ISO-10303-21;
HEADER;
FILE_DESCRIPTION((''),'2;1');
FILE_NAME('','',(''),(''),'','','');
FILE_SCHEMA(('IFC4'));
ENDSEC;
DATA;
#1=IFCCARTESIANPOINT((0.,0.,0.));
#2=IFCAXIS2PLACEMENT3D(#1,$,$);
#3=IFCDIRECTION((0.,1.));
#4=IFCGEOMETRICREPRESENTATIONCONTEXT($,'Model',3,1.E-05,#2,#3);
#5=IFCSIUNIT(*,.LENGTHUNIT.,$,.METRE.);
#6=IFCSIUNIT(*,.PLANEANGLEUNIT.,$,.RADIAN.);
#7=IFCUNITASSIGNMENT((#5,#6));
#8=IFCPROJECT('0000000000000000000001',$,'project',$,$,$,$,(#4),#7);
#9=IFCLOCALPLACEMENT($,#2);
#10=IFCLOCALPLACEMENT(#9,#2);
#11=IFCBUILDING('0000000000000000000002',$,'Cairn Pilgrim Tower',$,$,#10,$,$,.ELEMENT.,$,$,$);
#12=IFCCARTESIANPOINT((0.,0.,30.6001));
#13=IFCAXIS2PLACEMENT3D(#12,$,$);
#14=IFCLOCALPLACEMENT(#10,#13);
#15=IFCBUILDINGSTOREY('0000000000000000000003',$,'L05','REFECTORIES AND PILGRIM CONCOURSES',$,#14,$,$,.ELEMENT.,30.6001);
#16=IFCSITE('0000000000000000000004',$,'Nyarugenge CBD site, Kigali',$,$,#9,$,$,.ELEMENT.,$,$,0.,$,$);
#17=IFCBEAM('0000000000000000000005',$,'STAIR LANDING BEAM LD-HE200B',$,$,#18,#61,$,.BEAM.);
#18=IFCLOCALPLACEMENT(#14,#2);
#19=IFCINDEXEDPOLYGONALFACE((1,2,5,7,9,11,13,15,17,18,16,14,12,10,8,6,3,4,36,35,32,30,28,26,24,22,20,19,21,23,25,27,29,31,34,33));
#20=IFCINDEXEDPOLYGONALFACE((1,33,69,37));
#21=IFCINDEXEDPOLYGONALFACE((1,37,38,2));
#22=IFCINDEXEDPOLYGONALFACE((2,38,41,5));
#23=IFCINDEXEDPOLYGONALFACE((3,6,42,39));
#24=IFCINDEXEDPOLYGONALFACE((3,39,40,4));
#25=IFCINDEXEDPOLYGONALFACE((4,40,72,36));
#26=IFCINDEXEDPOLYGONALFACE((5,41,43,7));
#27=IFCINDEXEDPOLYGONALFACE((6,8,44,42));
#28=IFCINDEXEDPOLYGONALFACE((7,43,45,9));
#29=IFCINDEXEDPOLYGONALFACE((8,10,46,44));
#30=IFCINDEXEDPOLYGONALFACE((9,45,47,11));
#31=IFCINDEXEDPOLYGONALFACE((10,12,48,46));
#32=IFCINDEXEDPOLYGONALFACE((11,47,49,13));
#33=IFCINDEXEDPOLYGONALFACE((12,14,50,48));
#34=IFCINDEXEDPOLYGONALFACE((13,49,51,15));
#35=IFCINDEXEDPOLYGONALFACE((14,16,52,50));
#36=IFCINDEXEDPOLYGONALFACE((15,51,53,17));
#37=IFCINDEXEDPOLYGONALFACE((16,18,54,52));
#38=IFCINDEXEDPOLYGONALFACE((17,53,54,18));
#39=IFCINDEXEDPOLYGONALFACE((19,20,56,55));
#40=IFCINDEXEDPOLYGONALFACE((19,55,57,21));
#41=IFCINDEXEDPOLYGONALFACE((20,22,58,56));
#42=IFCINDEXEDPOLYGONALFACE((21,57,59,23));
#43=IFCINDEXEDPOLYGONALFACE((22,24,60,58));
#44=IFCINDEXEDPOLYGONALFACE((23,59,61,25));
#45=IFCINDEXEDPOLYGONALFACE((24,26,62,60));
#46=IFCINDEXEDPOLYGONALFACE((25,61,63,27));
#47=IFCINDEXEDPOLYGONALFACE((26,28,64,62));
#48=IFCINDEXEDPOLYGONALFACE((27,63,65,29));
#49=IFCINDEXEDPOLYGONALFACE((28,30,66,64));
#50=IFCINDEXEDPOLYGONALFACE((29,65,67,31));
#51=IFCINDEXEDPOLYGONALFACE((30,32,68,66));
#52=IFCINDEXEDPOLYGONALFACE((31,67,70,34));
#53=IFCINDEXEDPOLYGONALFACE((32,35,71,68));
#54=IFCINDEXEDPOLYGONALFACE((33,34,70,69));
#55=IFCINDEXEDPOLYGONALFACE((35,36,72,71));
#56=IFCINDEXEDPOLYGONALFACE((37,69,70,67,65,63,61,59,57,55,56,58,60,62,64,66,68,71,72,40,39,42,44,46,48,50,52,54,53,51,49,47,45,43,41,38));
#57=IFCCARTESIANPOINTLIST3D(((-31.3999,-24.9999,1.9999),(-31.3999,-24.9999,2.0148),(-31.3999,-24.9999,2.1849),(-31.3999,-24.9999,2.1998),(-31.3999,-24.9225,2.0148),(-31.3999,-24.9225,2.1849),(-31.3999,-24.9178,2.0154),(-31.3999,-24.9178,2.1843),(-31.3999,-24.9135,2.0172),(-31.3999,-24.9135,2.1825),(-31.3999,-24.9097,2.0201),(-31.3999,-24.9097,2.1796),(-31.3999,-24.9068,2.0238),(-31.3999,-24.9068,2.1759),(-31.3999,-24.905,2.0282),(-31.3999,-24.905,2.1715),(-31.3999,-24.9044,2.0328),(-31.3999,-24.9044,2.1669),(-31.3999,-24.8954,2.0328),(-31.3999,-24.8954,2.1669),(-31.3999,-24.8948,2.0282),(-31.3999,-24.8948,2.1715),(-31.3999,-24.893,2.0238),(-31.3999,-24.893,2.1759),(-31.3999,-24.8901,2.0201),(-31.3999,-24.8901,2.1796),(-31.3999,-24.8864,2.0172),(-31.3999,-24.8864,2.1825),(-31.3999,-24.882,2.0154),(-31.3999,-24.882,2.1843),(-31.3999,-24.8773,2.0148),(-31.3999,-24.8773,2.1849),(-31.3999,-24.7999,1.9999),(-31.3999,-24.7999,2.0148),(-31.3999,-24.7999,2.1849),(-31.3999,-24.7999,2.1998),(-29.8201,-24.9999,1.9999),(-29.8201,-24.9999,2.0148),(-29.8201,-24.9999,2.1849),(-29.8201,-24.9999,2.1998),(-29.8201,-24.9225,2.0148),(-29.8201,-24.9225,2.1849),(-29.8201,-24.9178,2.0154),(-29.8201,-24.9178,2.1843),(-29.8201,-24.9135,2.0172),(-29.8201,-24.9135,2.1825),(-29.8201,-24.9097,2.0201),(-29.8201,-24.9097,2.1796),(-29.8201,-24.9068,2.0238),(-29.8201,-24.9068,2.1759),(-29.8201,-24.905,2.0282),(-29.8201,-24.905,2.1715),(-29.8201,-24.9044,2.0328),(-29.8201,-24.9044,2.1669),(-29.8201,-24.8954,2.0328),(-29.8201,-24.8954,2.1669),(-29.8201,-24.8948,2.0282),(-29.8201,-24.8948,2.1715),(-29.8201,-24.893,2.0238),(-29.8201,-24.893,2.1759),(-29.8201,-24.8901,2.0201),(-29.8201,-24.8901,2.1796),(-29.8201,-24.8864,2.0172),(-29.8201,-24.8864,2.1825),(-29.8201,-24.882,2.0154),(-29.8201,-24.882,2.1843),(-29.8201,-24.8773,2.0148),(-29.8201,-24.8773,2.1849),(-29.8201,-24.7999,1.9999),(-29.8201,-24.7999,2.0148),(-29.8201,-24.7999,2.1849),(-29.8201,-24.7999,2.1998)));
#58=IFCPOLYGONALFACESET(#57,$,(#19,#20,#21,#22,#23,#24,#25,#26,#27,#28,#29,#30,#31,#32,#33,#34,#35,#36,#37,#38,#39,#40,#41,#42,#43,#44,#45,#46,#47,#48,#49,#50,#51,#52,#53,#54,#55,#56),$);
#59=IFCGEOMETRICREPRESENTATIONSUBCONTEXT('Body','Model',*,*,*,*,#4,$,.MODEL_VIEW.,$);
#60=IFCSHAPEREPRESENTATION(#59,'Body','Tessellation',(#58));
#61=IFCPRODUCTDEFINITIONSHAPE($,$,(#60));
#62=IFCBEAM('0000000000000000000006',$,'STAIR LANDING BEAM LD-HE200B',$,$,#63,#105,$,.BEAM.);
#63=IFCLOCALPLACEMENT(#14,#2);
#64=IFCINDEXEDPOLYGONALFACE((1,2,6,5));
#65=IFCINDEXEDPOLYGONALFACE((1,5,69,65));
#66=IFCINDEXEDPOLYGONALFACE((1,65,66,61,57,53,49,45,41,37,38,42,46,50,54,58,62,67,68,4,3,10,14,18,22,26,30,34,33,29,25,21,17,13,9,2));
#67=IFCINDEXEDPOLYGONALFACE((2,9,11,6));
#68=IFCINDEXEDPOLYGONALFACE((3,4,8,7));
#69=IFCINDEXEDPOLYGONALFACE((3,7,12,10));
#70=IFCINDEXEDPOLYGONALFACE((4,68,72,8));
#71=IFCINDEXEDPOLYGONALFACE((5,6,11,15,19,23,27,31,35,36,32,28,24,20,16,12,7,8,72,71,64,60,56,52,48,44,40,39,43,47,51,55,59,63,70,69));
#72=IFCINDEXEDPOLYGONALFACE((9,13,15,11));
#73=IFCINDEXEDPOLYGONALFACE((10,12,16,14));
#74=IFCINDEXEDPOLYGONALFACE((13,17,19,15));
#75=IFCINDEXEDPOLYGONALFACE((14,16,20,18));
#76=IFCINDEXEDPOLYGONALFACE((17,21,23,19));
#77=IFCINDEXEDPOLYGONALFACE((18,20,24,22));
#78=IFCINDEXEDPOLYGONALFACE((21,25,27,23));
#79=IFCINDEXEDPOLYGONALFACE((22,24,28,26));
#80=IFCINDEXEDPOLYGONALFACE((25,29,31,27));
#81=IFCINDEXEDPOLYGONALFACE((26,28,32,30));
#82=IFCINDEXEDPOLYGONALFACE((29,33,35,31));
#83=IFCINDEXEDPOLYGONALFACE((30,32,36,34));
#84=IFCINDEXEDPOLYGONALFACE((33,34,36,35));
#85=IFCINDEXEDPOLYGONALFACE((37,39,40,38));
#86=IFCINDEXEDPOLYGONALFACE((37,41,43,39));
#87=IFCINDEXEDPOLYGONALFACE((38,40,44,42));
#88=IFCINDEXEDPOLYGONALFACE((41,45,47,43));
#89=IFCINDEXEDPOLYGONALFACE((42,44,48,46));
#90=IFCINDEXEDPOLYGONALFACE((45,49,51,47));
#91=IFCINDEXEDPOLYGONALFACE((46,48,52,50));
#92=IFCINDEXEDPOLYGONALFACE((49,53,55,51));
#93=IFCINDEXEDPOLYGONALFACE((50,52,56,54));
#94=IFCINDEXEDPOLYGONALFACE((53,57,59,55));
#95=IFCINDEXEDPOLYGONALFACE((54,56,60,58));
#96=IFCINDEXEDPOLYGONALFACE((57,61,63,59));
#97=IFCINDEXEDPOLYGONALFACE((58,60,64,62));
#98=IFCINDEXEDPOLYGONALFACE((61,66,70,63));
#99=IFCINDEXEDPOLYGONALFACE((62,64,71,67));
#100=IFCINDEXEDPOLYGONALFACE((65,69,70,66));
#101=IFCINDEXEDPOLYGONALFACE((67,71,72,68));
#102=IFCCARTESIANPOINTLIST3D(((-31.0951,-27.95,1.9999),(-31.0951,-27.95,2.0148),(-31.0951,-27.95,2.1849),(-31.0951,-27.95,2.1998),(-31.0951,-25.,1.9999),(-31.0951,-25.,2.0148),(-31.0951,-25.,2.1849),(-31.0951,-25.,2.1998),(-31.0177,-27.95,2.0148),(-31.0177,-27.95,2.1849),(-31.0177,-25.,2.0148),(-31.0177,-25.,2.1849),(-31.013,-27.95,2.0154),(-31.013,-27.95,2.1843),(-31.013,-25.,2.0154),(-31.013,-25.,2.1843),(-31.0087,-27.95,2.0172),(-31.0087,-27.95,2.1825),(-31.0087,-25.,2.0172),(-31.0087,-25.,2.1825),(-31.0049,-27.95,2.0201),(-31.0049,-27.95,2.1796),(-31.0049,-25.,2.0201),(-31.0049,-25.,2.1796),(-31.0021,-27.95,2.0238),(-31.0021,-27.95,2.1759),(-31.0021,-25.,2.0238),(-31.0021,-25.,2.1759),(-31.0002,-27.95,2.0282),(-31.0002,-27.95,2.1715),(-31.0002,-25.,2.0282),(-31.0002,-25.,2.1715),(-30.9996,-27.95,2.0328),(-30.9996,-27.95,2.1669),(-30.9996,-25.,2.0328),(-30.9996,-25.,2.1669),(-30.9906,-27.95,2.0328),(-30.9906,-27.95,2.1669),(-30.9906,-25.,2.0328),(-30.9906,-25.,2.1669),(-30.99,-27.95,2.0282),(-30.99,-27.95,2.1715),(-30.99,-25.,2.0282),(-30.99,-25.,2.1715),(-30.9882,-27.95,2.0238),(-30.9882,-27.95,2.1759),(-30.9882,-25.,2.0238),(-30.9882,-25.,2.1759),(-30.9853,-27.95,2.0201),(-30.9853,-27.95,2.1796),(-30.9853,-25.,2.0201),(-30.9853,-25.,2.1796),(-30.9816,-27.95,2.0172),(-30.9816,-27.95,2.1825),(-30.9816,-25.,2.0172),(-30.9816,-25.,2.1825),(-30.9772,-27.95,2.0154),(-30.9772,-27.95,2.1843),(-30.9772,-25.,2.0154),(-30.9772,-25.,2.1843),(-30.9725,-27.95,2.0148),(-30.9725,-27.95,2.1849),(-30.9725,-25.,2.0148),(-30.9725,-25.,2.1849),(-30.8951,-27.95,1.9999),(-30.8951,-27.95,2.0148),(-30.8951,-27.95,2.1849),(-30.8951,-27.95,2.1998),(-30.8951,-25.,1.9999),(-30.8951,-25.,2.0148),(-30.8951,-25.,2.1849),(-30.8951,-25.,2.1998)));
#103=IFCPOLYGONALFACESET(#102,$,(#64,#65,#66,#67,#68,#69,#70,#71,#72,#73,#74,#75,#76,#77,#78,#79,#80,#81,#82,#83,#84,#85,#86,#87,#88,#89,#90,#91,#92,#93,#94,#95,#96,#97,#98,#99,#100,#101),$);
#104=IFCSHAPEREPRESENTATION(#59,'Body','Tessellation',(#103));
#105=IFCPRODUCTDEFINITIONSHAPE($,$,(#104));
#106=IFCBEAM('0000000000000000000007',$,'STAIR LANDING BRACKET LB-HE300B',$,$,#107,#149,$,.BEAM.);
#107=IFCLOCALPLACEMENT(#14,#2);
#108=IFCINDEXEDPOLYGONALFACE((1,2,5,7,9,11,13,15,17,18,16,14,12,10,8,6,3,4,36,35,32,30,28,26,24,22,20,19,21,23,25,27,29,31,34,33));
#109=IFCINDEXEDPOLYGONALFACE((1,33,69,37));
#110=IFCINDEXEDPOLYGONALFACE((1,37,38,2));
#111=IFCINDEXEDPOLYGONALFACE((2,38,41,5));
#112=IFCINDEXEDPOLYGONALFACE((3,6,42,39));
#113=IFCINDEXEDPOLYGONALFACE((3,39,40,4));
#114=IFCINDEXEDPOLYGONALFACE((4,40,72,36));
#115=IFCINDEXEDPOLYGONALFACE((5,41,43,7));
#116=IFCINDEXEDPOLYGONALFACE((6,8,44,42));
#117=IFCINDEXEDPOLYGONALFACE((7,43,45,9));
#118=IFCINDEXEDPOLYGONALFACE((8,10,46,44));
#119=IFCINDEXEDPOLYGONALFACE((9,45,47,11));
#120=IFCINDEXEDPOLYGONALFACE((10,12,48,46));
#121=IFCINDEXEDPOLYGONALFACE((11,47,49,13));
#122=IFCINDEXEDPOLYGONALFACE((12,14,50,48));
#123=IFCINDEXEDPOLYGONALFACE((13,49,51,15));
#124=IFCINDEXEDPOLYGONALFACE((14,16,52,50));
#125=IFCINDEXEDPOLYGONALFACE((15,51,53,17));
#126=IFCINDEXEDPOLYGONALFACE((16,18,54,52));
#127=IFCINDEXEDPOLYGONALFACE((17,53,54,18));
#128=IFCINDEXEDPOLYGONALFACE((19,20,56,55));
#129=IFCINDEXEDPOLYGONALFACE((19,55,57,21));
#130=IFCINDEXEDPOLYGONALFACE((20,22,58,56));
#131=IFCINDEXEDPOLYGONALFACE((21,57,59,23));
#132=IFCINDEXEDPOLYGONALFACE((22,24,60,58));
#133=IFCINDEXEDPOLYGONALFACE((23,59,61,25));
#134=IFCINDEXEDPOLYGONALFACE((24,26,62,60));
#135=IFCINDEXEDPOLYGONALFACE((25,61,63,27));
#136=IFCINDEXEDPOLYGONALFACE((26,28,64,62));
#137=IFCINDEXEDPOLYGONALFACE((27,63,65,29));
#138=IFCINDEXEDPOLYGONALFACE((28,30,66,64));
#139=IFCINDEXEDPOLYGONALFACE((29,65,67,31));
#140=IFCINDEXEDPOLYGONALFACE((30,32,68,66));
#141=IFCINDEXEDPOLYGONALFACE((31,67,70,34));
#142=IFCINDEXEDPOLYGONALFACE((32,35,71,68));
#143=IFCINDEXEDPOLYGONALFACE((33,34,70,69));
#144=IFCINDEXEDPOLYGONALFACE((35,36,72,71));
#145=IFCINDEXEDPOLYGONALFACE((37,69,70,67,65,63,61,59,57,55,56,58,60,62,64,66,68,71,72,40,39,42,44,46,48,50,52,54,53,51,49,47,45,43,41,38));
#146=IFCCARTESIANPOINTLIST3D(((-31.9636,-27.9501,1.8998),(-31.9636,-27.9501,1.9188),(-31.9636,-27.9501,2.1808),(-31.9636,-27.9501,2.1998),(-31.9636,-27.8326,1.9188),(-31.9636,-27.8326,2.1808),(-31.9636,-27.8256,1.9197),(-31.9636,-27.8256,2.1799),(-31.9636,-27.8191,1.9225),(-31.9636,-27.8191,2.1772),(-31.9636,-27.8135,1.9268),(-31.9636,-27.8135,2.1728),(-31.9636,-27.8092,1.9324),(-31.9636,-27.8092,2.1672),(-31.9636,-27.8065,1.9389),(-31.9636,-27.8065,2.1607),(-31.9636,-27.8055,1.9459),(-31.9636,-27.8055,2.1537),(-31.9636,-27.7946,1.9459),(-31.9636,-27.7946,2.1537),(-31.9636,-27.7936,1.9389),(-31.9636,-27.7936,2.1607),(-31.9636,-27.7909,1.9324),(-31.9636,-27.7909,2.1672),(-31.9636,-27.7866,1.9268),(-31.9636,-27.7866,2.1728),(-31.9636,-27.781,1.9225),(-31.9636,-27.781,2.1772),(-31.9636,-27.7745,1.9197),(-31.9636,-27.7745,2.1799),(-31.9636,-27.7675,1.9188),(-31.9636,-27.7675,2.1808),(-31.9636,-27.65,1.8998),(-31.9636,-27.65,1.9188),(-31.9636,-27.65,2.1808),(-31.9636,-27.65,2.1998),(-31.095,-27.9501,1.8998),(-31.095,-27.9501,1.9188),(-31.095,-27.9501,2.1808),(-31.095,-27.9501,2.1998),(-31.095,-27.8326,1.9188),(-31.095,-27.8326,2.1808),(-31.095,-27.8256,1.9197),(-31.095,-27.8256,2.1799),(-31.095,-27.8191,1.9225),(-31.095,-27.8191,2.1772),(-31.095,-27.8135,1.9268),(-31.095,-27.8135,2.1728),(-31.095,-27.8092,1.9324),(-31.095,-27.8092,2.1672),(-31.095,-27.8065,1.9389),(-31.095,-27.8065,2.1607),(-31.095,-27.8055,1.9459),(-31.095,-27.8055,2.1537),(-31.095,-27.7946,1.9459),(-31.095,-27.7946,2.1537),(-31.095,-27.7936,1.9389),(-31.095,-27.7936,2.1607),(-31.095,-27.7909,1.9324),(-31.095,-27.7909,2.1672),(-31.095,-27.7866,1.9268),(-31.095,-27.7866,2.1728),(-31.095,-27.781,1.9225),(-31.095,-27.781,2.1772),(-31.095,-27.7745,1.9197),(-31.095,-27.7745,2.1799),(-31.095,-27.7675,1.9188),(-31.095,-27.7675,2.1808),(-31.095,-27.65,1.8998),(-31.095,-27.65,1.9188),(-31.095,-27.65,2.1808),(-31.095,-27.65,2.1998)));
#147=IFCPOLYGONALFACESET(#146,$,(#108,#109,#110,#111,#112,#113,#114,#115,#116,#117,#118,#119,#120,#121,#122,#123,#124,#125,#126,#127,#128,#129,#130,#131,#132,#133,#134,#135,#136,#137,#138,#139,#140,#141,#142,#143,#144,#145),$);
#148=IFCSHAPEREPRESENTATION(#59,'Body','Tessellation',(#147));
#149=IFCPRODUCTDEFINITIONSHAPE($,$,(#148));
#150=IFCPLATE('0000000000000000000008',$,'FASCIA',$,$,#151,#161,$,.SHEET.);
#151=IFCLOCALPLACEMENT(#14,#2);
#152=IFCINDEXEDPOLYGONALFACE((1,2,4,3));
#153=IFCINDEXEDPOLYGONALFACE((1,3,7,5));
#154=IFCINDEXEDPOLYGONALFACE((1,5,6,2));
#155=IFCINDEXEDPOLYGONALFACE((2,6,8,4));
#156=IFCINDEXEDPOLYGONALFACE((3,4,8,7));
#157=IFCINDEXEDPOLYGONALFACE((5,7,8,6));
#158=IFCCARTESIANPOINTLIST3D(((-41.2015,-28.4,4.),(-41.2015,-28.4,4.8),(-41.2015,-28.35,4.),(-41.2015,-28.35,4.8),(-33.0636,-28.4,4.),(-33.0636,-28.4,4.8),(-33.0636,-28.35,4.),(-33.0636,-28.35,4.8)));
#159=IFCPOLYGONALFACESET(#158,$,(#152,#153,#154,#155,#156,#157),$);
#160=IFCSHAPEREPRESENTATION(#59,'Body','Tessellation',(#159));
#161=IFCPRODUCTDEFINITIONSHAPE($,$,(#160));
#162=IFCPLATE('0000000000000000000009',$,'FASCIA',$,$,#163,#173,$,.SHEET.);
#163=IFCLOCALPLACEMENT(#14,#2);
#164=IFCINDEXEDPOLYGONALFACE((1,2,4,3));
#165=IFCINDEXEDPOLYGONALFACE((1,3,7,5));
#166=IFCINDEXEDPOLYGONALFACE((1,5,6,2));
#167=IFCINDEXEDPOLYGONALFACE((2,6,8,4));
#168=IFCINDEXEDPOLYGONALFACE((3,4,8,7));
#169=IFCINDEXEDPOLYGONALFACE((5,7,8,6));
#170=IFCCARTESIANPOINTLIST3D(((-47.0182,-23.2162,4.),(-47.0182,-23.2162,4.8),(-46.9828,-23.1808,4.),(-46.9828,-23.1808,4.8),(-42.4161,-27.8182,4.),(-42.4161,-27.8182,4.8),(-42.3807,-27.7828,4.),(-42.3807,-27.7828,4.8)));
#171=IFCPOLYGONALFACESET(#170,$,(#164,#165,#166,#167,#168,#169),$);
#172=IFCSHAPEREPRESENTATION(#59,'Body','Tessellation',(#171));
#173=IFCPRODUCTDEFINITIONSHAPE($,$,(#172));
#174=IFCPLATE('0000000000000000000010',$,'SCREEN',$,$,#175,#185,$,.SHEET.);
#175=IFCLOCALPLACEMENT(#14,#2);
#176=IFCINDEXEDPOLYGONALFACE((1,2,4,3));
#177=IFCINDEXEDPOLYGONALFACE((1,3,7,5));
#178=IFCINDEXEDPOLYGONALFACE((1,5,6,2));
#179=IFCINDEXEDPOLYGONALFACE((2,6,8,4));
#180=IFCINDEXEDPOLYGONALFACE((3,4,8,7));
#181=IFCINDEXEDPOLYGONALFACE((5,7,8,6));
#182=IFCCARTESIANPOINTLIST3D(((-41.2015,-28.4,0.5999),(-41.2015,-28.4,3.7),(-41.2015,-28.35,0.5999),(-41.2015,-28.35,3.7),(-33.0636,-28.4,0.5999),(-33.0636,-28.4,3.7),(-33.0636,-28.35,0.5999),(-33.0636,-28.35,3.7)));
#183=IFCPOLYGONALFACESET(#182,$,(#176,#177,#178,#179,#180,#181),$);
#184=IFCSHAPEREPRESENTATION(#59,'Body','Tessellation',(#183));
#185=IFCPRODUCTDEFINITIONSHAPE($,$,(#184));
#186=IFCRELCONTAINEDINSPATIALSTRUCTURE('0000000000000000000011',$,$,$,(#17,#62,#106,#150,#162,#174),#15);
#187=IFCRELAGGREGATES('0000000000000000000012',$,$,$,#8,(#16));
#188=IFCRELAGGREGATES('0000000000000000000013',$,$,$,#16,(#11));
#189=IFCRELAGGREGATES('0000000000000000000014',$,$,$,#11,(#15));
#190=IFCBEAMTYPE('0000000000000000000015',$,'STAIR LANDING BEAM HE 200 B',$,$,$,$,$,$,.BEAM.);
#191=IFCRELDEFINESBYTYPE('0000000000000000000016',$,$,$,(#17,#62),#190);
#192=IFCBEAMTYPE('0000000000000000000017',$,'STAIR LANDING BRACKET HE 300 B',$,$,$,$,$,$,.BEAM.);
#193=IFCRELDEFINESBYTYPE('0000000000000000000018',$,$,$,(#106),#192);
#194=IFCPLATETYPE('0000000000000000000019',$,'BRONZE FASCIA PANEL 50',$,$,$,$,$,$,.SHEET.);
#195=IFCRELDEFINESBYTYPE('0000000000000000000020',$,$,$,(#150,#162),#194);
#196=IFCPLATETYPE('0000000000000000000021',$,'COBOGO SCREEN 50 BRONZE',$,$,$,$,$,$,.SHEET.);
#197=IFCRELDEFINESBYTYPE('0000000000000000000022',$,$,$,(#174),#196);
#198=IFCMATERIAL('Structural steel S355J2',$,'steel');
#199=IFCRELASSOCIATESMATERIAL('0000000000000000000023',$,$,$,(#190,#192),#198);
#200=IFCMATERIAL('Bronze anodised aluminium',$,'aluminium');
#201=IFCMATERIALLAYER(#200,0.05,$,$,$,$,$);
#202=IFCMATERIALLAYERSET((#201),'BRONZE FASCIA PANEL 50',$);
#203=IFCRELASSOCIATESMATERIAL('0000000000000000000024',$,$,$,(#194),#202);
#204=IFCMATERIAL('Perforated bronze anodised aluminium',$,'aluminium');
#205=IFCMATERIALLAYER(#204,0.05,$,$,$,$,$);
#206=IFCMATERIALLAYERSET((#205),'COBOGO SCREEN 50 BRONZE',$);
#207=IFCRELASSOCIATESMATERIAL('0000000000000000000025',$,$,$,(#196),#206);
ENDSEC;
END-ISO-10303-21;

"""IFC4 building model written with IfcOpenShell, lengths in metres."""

from ifc_helpers import new_model, si_unit, direction, frame, origin, origin_2d, place, context, subcontext, project, spatial, rectangle, i_section, extrude, material, layer, layer_set, material_profile, profile_set, type_object, element, save


model = new_model("IFC4")

# Units and contexts
model_context = context("Model", 3, precision=1e-05, world=origin(), true_north=direction((0.0, 1.0)))
body_context = subcontext(model_context, "Body", "Model", "MODEL_VIEW")
ifc_project = project(units=[si_unit("LENGTHUNIT", "METRE"), si_unit("PLANEANGLEUNIT", "RADIAN")], contexts=[model_context])

# Site, building, storey
site_placement = place(None, origin())
site = spatial("IfcSite", under=ifc_project, at=site_placement, Name="Nyarugenge CBD site, Kigali", CompositionType="ELEMENT", RefElevation=0.0)
building_placement = place(site_placement, origin())
building = spatial("IfcBuilding", under=site, at=building_placement, Name="Cairn Pilgrim Tower", CompositionType="ELEMENT")
storey_placement = place(building_placement, frame((0.0, 0.0, 30.6001)))
storey = spatial("IfcBuildingStorey", under=building, at=storey_placement, Name="L05", Description="REFECTORIES AND PILGRIM CONCOURSES", CompositionType="ELEMENT", Elevation=30.6001)

# Shared definitions
ifc_material_1 = material(Name="Structural steel S355J2", Category="steel")

# Beams
ifc_material_profile_1 = material_profile(ifc_material_1, i_section(OverallWidth=0.2, OverallDepth=0.2, WebThickness=0.009, FlangeThickness=0.0149, FilletRadius=0.0181, at=origin_2d()), Name="HE 200 B")
ifc_profile_set_1 = profile_set([ifc_material_profile_1], Name="Structural steel S355J2")
beam_type_1 = type_object("IfcBeamType", Name="STAIR LANDING BEAM HE 200 B", PredefinedType="BEAM", material=ifc_profile_set_1)
beam_1_placement = place(storey_placement, frame((-31.3999, -24.8999, 2.0999), z_axis=(1.0, 0.0, 0.0), x_axis=(0.0, 1.0, 0.0)))
element("IfcBeam", 1, at=beam_1_placement, inside=storey, type_object=beam_type_1, Name="STAIR LANDING BEAM LD-HE200B", PredefinedType="BEAM", context=body_context, shape_type="SweptSolid", body=[
    extrude(i_section(OverallWidth=0.2, OverallDepth=0.2, WebThickness=0.009, FlangeThickness=0.0149, FilletRadius=0.0181, at=origin_2d()), origin(), (0.0, 0.0, 1.0), 1.5798),
])
beam_2_placement = place(storey_placement, frame((-30.9951, -27.95, 2.0999), z_axis=(0.0, 1.0, 0.0), x_axis=(-1.0, 0.0, 0.0)))
element("IfcBeam", 2, at=beam_2_placement, inside=storey, type_object=beam_type_1, Name="STAIR LANDING BEAM LD-HE200B", PredefinedType="BEAM", context=body_context, shape_type="SweptSolid", body=[
    extrude(i_section(OverallWidth=0.2, OverallDepth=0.2, WebThickness=0.009, FlangeThickness=0.0149, FilletRadius=0.0181, at=origin_2d()), origin(), (0.0, 0.0, 1.0), 2.95),
])
ifc_material_profile_2 = material_profile(ifc_material_1, i_section(OverallWidth=0.3, OverallDepth=0.3, WebThickness=0.011, FlangeThickness=0.019, FilletRadius=0.0271, at=origin_2d()), Name="HE 300 B")
ifc_profile_set_2 = profile_set([ifc_material_profile_2], Name="Structural steel S355J2")
beam_type_2 = type_object("IfcBeamType", Name="STAIR LANDING BRACKET HE 300 B", PredefinedType="BEAM", material=ifc_profile_set_2)
beam_3_placement = place(storey_placement, frame((-31.9636, -27.8, 2.0498), z_axis=(1.0, 0.0, 0.0), x_axis=(0.0, 1.0, 0.0)))
element("IfcBeam", 3, at=beam_3_placement, inside=storey, type_object=beam_type_2, Name="STAIR LANDING BRACKET LB-HE300B", PredefinedType="BEAM", context=body_context, shape_type="SweptSolid", body=[
    extrude(i_section(OverallWidth=0.3, OverallDepth=0.3, WebThickness=0.011, FlangeThickness=0.019, FilletRadius=0.0271, at=origin_2d()), origin(), (0.0, 0.0, 1.0), 0.8687),
])

# Plates
ifc_material_2 = material(Name="Bronze anodised aluminium", Category="aluminium")
ifc_layer_1 = layer(ifc_material_2, 0.05)
ifc_layer_set_1 = layer_set([ifc_layer_1], Name="BRONZE FASCIA PANEL 50")
plate_type_1 = type_object("IfcPlateType", Name="BRONZE FASCIA PANEL 50", PredefinedType="SHEET", material=ifc_layer_set_1)
plate_1_placement = place(storey_placement, frame((-37.1326, -28.375, 4.0), z_axis=(0.0, 0.0, 1.0), x_axis=(1.0, 0.0, 0.0)))
element("IfcPlate", 4, at=plate_1_placement, inside=storey, type_object=plate_type_1, Name="FASCIA", PredefinedType="SHEET", context=body_context, shape_type="SweptSolid", body=[
    extrude(rectangle(XDim=8.1379, YDim=0.05, at=origin_2d()), origin(), (0.0, 0.0, 1.0), 0.8),
])
plate_2_placement = place(storey_placement, frame((-44.6995, -25.4995, 4.0), z_axis=(0.0, 0.0, 1.0), x_axis=(0.707107, -0.707107, 0.0)))
element("IfcPlate", 5, at=plate_2_placement, inside=storey, type_object=plate_type_1, Name="FASCIA", PredefinedType="SHEET", context=body_context, shape_type="SweptSolid", body=[
    extrude(rectangle(XDim=6.5083, YDim=0.05, at=origin_2d()), origin(), (0.0, 0.0, 1.0), 0.8),
])
ifc_material_3 = material(Name="Perforated bronze anodised aluminium", Category="aluminium")
ifc_layer_2 = layer(ifc_material_3, 0.05)
ifc_layer_set_2 = layer_set([ifc_layer_2], Name="COBOGO SCREEN 50 BRONZE")
plate_type_2 = type_object("IfcPlateType", Name="COBOGO SCREEN 50 BRONZE", PredefinedType="SHEET", material=ifc_layer_set_2)
plate_3_placement = place(storey_placement, frame((-37.1326, -28.375, 0.5999), z_axis=(0.0, 0.0, 1.0), x_axis=(1.0, 0.0, 0.0)))
element("IfcPlate", 6, at=plate_3_placement, inside=storey, type_object=plate_type_2, Name="SCREEN", PredefinedType="SHEET", context=body_context, shape_type="SweptSolid", body=[
    extrude(rectangle(XDim=8.1379, YDim=0.05, at=origin_2d()), origin(), (0.0, 0.0, 1.0), 3.1001),
])

save(model, "model.ifc")
